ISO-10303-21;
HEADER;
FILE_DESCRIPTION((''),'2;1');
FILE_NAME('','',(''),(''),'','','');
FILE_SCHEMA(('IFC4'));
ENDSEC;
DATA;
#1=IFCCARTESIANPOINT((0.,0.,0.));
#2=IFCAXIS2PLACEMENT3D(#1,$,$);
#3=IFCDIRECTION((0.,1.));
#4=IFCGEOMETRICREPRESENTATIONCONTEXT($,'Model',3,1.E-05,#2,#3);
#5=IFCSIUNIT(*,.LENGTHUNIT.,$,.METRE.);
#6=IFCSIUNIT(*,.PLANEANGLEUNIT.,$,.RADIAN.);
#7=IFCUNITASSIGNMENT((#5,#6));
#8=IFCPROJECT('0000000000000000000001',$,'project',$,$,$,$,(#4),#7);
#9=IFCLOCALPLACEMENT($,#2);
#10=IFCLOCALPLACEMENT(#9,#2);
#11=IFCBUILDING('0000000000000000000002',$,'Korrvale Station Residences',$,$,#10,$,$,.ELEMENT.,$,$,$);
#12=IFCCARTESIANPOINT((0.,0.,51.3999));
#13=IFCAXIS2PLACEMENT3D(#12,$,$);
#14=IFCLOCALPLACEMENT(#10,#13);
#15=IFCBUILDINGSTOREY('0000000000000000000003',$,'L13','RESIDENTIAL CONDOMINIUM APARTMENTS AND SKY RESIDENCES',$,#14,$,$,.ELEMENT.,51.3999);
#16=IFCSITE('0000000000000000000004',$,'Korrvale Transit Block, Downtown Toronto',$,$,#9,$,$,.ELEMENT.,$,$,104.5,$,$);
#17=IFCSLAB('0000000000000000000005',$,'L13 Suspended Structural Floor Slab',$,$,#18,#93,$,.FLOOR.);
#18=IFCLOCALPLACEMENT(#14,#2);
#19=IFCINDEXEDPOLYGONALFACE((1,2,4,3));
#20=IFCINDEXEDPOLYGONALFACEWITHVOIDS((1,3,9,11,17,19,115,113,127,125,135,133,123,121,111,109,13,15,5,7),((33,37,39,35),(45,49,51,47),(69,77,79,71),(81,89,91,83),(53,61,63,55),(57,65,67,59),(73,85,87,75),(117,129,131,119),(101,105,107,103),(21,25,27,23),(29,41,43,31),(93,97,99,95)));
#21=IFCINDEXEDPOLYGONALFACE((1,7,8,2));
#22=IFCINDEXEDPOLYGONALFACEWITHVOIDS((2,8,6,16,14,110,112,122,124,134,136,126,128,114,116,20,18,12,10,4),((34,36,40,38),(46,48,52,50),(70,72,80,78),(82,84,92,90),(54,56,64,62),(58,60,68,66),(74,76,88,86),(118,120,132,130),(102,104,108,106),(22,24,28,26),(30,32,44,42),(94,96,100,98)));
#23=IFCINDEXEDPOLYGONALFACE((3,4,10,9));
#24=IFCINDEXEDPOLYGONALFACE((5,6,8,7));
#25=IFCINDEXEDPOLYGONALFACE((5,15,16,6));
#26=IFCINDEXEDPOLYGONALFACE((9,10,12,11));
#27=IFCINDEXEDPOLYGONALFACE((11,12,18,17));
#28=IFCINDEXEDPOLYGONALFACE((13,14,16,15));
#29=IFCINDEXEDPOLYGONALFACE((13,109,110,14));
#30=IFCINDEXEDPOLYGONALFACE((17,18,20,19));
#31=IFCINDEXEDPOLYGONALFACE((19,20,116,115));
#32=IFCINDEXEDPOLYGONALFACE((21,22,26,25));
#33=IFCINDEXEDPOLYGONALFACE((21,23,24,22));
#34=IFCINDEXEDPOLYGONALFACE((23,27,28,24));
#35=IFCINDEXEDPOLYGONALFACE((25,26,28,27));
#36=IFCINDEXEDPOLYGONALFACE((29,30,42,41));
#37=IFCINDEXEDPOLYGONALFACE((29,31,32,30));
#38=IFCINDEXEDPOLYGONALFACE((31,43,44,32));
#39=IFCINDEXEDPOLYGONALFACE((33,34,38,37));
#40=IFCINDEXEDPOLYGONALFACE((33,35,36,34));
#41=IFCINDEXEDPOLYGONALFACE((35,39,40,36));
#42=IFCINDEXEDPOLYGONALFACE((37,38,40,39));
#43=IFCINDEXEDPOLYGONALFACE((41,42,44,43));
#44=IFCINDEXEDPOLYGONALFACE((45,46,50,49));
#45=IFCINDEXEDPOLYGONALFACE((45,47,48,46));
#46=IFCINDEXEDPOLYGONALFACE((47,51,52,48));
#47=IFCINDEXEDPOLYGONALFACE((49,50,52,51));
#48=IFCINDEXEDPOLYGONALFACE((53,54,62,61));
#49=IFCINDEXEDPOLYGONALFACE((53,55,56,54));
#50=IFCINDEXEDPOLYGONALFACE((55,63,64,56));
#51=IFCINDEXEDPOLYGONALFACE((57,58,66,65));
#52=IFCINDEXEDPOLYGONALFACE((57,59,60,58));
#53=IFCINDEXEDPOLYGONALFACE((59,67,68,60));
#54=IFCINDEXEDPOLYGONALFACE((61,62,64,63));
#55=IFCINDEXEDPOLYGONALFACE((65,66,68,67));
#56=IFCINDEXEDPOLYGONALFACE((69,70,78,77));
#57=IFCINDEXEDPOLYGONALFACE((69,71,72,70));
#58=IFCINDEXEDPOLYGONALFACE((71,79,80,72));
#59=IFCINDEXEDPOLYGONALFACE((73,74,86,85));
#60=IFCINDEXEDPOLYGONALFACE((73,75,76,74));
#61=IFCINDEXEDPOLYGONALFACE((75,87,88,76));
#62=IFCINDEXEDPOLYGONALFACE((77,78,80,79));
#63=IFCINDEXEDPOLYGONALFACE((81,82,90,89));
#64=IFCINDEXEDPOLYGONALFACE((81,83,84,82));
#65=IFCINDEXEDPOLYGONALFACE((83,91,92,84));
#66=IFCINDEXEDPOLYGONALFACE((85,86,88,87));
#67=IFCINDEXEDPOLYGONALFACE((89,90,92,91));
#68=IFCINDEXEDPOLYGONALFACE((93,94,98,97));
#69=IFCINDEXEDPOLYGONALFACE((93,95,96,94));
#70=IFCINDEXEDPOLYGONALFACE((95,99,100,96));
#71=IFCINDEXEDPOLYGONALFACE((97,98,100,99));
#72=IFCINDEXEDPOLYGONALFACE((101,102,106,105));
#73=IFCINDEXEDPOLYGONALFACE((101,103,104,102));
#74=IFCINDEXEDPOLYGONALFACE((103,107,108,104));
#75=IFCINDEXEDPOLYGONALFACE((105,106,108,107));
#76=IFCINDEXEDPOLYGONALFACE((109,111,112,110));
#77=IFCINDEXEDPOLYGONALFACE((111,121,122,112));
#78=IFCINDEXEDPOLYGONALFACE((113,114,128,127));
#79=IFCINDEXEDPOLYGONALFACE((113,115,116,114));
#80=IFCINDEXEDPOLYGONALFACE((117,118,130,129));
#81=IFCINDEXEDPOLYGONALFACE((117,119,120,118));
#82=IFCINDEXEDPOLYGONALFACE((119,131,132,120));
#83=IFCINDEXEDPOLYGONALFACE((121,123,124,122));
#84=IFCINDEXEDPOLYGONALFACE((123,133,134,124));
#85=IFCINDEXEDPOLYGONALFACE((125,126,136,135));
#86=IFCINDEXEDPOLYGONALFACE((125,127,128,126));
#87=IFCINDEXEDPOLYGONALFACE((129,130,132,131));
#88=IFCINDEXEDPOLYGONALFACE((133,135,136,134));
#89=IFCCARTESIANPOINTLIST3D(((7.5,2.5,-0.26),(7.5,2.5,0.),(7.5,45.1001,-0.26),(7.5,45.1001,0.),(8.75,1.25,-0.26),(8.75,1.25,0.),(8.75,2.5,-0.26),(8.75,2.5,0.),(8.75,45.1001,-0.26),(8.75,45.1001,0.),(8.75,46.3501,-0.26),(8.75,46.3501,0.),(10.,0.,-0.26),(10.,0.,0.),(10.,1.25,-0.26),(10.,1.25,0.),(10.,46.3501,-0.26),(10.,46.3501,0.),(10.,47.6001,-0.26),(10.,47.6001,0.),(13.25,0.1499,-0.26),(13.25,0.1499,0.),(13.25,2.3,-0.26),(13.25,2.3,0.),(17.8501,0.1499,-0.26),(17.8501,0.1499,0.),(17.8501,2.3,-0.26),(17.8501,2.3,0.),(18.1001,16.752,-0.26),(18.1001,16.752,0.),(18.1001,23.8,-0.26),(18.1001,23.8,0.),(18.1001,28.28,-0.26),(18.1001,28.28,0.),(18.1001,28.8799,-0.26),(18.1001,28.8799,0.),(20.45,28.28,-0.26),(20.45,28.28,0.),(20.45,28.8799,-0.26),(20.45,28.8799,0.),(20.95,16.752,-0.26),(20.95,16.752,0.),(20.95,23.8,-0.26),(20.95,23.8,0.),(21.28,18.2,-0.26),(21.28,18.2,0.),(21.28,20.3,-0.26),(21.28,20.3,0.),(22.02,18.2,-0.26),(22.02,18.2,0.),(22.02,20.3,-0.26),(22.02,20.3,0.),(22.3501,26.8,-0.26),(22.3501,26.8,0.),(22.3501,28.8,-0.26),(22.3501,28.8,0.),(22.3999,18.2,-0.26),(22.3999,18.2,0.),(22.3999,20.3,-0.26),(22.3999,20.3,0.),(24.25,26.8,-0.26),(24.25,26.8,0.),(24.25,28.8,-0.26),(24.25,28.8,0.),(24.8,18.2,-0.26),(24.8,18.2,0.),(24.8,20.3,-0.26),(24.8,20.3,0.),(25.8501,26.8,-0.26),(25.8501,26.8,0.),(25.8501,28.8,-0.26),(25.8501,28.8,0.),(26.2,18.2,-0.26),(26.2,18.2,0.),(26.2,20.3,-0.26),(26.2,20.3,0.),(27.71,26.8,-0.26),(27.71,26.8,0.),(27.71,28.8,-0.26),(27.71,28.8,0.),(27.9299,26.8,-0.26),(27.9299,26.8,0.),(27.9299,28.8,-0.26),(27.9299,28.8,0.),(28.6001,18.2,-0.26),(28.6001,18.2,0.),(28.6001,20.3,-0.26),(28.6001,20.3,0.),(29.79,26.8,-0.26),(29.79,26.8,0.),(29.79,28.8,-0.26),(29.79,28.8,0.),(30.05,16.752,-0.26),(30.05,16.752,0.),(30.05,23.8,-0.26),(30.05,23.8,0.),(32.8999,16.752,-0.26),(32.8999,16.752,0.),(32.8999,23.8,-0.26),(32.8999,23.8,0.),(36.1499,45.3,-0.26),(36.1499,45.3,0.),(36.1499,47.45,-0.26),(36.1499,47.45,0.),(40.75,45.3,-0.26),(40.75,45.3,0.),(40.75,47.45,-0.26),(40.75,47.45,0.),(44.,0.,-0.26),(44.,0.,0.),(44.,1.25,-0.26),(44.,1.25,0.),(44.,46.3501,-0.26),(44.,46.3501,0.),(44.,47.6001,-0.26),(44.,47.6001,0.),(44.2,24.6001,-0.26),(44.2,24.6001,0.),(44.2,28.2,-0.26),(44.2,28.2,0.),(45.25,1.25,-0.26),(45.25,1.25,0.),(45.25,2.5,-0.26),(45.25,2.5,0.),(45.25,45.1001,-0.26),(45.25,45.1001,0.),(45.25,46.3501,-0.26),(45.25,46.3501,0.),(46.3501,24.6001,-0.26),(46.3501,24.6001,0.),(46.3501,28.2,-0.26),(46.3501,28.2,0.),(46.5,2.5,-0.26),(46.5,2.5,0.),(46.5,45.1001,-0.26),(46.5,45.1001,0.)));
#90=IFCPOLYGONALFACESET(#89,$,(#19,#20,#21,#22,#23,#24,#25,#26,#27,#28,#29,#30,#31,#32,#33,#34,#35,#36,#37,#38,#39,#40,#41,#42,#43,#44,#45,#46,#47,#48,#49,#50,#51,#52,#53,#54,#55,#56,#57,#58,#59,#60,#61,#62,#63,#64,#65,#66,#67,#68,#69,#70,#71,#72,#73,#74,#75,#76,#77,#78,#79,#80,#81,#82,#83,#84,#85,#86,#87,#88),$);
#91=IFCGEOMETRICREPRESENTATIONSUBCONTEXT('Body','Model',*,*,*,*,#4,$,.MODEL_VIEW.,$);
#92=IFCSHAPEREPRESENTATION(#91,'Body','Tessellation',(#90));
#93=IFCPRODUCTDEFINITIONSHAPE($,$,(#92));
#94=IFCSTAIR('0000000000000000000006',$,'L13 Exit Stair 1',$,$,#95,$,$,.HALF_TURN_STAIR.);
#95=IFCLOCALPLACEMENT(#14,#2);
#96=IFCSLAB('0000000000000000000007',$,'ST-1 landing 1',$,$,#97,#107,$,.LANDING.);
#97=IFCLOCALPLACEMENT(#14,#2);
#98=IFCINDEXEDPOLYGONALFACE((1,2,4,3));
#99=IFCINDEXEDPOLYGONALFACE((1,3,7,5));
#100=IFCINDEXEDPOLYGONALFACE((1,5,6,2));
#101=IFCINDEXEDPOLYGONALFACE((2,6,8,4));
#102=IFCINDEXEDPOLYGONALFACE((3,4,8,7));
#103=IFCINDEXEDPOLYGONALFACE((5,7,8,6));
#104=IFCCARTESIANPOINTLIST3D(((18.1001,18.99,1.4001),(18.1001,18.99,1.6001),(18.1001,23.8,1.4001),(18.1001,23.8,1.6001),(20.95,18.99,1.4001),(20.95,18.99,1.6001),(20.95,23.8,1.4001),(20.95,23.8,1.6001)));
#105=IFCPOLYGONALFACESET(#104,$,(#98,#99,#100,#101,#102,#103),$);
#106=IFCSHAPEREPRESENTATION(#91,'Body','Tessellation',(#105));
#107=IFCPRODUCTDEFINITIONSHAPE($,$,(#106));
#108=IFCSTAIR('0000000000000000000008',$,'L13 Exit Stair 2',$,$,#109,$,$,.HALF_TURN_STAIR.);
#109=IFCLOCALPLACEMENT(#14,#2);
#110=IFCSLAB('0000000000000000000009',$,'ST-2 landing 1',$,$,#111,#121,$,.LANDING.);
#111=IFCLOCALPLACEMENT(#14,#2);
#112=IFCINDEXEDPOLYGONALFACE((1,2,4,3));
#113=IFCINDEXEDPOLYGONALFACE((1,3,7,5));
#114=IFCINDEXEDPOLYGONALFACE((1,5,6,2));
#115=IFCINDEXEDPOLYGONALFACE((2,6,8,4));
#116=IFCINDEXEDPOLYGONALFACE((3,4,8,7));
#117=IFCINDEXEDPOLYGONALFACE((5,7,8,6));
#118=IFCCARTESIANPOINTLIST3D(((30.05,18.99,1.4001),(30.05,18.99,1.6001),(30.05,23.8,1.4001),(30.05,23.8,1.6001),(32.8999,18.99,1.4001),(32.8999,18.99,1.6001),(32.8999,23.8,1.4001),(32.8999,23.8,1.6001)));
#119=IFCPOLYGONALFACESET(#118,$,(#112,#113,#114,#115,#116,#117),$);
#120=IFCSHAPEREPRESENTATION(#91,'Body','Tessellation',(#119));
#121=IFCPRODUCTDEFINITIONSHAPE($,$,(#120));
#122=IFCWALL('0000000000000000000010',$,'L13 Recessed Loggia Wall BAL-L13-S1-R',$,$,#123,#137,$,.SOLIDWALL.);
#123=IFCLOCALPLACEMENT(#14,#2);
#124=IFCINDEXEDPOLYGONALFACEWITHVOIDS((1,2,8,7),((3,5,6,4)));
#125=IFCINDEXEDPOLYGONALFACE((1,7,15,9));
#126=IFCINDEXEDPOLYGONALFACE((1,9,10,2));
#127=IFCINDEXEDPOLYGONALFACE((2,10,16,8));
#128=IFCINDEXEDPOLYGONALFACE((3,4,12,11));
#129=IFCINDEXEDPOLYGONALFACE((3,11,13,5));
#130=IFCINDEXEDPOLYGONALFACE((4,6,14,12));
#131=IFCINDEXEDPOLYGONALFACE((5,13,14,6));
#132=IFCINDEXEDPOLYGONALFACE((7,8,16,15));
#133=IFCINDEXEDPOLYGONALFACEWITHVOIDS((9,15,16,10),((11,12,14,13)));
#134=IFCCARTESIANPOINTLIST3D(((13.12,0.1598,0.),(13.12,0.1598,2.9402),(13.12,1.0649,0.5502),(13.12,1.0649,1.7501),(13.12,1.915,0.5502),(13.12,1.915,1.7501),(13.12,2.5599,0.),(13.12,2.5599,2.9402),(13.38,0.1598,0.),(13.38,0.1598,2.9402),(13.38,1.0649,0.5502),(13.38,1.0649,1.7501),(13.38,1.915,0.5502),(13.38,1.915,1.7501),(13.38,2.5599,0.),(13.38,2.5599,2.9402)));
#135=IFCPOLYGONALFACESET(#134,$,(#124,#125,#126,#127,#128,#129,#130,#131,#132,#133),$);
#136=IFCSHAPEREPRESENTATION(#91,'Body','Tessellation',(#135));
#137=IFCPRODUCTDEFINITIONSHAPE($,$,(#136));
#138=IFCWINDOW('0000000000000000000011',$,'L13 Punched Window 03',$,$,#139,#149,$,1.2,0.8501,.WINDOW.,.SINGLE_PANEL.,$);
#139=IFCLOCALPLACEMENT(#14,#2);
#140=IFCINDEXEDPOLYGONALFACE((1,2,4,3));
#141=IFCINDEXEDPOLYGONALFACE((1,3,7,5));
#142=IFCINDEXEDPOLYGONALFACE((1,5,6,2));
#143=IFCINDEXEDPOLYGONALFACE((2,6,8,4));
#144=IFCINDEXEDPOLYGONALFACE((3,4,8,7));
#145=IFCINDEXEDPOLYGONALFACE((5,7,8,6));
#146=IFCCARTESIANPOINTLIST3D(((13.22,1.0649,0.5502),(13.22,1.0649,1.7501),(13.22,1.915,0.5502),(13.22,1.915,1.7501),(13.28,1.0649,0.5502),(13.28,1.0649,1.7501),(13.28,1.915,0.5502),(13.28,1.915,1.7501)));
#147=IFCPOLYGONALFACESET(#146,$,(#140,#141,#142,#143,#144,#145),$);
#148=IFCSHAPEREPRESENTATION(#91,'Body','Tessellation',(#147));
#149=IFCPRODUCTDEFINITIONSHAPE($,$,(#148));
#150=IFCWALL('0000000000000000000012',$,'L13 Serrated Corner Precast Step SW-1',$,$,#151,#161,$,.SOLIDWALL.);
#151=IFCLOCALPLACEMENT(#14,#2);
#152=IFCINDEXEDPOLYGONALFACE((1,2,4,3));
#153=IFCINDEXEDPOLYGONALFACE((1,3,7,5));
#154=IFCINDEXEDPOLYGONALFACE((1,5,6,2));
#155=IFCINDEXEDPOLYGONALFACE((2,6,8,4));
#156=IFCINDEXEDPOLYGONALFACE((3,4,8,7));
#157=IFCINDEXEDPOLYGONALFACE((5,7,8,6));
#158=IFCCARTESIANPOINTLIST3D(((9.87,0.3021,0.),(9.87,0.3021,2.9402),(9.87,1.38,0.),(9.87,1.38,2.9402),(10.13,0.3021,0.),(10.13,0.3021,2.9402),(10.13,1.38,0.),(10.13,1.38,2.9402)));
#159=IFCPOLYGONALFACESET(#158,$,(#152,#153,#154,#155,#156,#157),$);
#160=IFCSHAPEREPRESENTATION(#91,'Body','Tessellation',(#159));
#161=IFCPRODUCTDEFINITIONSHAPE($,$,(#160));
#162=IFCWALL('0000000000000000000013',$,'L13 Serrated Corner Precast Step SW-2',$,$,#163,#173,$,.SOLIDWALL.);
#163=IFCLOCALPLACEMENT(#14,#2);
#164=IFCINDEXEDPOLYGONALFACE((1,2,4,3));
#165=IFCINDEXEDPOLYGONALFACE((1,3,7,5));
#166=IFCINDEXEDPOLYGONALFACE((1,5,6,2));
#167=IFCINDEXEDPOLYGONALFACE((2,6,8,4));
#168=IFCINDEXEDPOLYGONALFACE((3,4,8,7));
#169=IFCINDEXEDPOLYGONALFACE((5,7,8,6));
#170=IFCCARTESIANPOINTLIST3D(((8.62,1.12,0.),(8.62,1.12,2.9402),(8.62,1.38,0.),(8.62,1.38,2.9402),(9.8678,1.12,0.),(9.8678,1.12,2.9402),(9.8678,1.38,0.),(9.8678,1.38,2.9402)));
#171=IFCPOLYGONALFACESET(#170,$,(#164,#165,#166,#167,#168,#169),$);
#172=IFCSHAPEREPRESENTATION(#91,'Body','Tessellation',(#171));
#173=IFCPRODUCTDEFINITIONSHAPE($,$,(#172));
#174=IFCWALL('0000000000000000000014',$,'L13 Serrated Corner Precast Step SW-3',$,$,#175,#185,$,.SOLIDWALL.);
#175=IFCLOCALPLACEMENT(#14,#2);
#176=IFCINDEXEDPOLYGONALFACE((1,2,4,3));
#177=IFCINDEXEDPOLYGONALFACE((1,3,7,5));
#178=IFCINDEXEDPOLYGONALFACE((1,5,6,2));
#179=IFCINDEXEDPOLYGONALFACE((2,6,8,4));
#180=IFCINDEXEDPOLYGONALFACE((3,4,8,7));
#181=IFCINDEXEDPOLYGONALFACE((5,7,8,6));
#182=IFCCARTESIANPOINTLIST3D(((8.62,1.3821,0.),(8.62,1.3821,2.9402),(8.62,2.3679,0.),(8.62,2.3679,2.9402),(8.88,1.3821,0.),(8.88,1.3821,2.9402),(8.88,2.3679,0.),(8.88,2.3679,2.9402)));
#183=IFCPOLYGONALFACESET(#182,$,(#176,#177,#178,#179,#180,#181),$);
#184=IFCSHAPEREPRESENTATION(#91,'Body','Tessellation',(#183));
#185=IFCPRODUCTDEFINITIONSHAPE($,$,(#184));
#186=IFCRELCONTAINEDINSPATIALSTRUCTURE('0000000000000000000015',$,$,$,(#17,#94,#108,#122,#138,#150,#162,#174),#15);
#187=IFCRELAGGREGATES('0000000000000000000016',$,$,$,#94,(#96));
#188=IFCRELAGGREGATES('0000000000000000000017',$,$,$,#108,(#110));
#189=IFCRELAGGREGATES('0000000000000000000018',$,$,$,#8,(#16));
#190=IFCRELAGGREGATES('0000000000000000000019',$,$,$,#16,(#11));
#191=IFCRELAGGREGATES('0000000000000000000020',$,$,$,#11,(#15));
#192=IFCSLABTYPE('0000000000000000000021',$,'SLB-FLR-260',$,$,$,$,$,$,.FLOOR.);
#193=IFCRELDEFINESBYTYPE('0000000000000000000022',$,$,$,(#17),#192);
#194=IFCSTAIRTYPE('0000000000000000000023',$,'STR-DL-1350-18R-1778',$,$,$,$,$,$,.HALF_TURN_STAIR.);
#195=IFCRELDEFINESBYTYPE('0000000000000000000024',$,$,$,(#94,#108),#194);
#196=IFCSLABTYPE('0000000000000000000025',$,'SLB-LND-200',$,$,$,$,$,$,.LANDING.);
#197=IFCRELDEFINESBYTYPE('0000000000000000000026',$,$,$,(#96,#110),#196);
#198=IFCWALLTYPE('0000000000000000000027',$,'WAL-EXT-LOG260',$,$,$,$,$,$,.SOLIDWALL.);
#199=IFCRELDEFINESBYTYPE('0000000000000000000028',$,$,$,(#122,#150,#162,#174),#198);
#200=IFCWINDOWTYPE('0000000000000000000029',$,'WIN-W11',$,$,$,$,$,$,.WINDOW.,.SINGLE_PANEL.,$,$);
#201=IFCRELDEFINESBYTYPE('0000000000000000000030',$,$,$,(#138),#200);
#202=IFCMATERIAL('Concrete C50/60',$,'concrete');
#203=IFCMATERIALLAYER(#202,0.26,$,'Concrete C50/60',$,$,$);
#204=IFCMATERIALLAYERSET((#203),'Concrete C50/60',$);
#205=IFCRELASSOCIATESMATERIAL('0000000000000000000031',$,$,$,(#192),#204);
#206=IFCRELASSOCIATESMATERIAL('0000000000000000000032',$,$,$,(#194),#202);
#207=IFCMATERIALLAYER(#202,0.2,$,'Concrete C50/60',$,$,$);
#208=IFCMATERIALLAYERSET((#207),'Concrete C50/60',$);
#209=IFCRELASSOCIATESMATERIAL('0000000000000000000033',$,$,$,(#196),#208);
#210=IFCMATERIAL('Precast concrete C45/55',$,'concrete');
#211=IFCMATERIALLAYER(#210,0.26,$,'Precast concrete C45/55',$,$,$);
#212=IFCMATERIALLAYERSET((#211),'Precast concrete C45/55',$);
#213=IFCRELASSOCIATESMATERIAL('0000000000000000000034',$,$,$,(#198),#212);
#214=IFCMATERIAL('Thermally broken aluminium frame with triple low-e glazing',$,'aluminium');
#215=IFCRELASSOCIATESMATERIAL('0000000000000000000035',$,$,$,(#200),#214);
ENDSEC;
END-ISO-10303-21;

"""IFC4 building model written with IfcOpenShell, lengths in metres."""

from ifc_helpers import new_model, si_unit, direction, frame, frame_2d, origin, place, context, subcontext, project, spatial, polyline, rectangle, outline, extrude, material, layer, layer_set, type_object, element, fill, aggregate, save


model = new_model("IFC4")

# Units and contexts
model_context = context("Model", 3, precision=1e-05, world=origin(), true_north=direction((0.0, 1.0)))
body_context = subcontext(model_context, "Body", "Model", "MODEL_VIEW")
ifc_project = project(units=[si_unit("LENGTHUNIT", "METRE"), si_unit("PLANEANGLEUNIT", "RADIAN")], contexts=[model_context])

# Site, building, storey
site_placement = place(None, origin())
site = spatial("IfcSite", under=ifc_project, at=site_placement, Name="Korrvale Transit Block, Downtown Toronto", CompositionType="ELEMENT", RefElevation=104.5)
building_placement = place(site_placement, origin())
building = spatial("IfcBuilding", under=site, at=building_placement, Name="Korrvale Station Residences", CompositionType="ELEMENT")
storey_placement = place(building_placement, frame((0.0, 0.0, 51.3999)))
storey = spatial("IfcBuildingStorey", under=building, at=storey_placement, Name="L13", Description="RESIDENTIAL CONDOMINIUM APARTMENTS AND SKY RESIDENCES", CompositionType="ELEMENT", Elevation=51.3999)

# Slab
ifc_material_1 = material(Name="Concrete C50/60", Category="concrete")
ifc_layer_1 = layer(ifc_material_1, 0.26, Name="Concrete C50/60")
ifc_layer_set_1 = layer_set([ifc_layer_1], Name="Concrete C50/60")
slab_type_1 = type_object("IfcSlabType", Name="SLB-FLR-260", PredefinedType="FLOOR", material=ifc_layer_set_1)
slab_1_placement = place(storey_placement, frame((0.0, 0.0, -0.26)))
element("IfcSlab", 1, at=slab_1_placement, inside=storey, type_object=slab_type_1, Name="L13 Suspended Structural Floor Slab", PredefinedType="FLOOR", context=body_context, shape_type="SweptSolid", body=[
    extrude(outline(polyline([(10.0, 0.0), (44.0, 0.0), (44.0, 1.25), (45.25, 1.25), (45.25, 2.5), (46.5, 2.5), (46.5, 45.1001), (45.25, 45.1001), (45.25, 46.3501), (44.0, 46.3501), (44.0, 47.6001), (10.0, 47.6001), (10.0, 46.3501), (8.75, 46.3501), (8.75, 45.1001), (7.5, 45.1001), (7.5, 2.5), (8.75, 2.5), (8.75, 1.25), (10.0, 1.25), (10.0, 0.0)]), holes=[polyline([(20.95, 16.752), (20.95, 23.8), (18.1001, 23.8), (18.1001, 16.752), (20.95, 16.752)]), polyline([(32.8999, 16.752), (32.8999, 23.8), (30.05, 23.8), (30.05, 16.752), (32.8999, 16.752)]), polyline([(22.3501, 26.8), (24.25, 26.8), (24.25, 28.8), (22.3501, 28.8), (22.3501, 26.8)]), polyline([(25.8501, 26.8), (27.71, 26.8), (27.71, 28.8), (25.8501, 28.8), (25.8501, 26.8)]), polyline([(27.9299, 26.8), (29.79, 26.8), (29.79, 28.8), (27.9299, 28.8), (27.9299, 26.8)]), polyline([(22.3999, 18.2), (24.8, 18.2), (24.8, 20.3), (22.3999, 20.3), (22.3999, 18.2)]), polyline([(26.2, 18.2), (28.6001, 18.2), (28.6001, 20.3), (26.2, 20.3), (26.2, 18.2)]), polyline([(18.1001, 28.28), (20.45, 28.28), (20.45, 28.8799), (18.1001, 28.8799), (18.1001, 28.28)]), polyline([(21.28, 18.2), (22.02, 18.2), (22.02, 20.3), (21.28, 20.3), (21.28, 18.2)]), polyline([(13.25, 0.1499), (17.8501, 0.1499), (17.8501, 2.3), (13.25, 2.3), (13.25, 0.1499)]), polyline([(36.1499, 45.3), (40.75, 45.3), (40.75, 47.45), (36.1499, 47.45), (36.1499, 45.3)]), polyline([(44.2, 24.6001), (46.3501, 24.6001), (46.3501, 28.2), (44.2, 28.2), (44.2, 24.6001)])]), origin(), (0.0, 0.0, 1.0), 0.26),
])

# Stairs, slabs
stair_type = type_object("IfcStairType", Name="STR-DL-1350-18R-1778", PredefinedType="HALF_TURN_STAIR", material=ifc_material_1)
stair_1_placement = place(storey_placement, origin())
stair_1 = element("IfcStair", 2, at=stair_1_placement, inside=storey, type_object=stair_type, Name="L13 Exit Stair 1", PredefinedType="HALF_TURN_STAIR")
ifc_layer_2 = layer(ifc_material_1, 0.2, Name="Concrete C50/60")
ifc_layer_set_2 = layer_set([ifc_layer_2], Name="Concrete C50/60")
slab_type_2 = type_object("IfcSlabType", Name="SLB-LND-200", PredefinedType="LANDING", material=ifc_layer_set_2)
slab_2_placement = place(storey_placement, frame((0.0, 0.0, 1.4001)))
slab_2 = element("IfcSlab", 3, at=slab_2_placement, type_object=slab_type_2, Name="ST-1 landing 1", PredefinedType="LANDING", context=body_context, shape_type="SweptSolid", body=[
    extrude(outline(polyline([(20.95, 18.99), (20.95, 23.8), (18.1001, 23.8), (18.1001, 18.99), (20.95, 18.99)])), origin(), (0.0, 0.0, 1.0), 0.2),
])
aggregate(stair_1, [slab_2])
stair_2_placement = place(storey_placement, origin())
stair_2 = element("IfcStair", 4, at=stair_2_placement, inside=storey, type_object=stair_type, Name="L13 Exit Stair 2", PredefinedType="HALF_TURN_STAIR")
slab_3_placement = place(storey_placement, frame((0.0, 0.0, 1.4001)))
slab_3 = element("IfcSlab", 5, at=slab_3_placement, type_object=slab_type_2, Name="ST-2 landing 1", PredefinedType="LANDING", context=body_context, shape_type="SweptSolid", body=[
    extrude(outline(polyline([(32.8999, 18.99), (32.8999, 23.8), (30.05, 23.8), (30.05, 18.99), (32.8999, 18.99)])), origin(), (0.0, 0.0, 1.0), 0.2),
])
aggregate(stair_2, [slab_3])

# Wall, opening, window
ifc_material_2 = material(Name="Precast concrete C45/55", Category="concrete")
ifc_layer_3 = layer(ifc_material_2, 0.26, Name="Precast concrete C45/55")
ifc_layer_set_3 = layer_set([ifc_layer_3], Name="Precast concrete C45/55")
wall_type_1 = type_object("IfcWallType", Name="WAL-EXT-LOG260", PredefinedType="SOLIDWALL", material=ifc_layer_set_3)
wall_1_placement = place(storey_placement, frame((13.25, 2.5601, 0.0), z_axis=(0.0, 0.0, 1.0), x_axis=(0.0, -1.0, 0.0)))
wall_1 = element("IfcWall", 6, at=wall_1_placement, inside=storey, type_object=wall_type_1, Name="L13 Recessed Loggia Wall BAL-L13-S1-R", PredefinedType="SOLIDWALL", context=body_context, shape_type="SweptSolid", body=[
    extrude(rectangle(XDim=2.4001, YDim=0.26, at=frame_2d((1.2002, 0.0))), origin(), (0.0, 0.0, 1.0), 2.9402),
])
opening_1_placement = place(wall_1_placement, frame((0.645, 0.0, 0.55)))
opening_1 = element("IfcOpeningElement", 7, at=opening_1_placement, cuts=wall_1, PredefinedType="OPENING", context=body_context, shape_type="SweptSolid", body=[
    extrude(rectangle(XDim=0.8501, YDim=1.2, at=frame_2d((0.425, 0.6001))), frame((0.0, 0.1401, 0.0), z_axis=(0.0, -1.0, 0.0), x_axis=(1.0, 0.0, 0.0)), (0.0, 0.0, 1.0), 0.28),
])
ifc_material_3 = material(Name="Thermally broken aluminium frame with triple low-e glazing", Category="aluminium")
window_type_1 = type_object("IfcWindowType", Name="WIN-W11", PartitioningType="SINGLE_PANEL", PredefinedType="WINDOW", material=ifc_material_3)
window_1_placement = place(opening_1_placement, origin())
window_1 = element("IfcWindow", 8, at=window_1_placement, inside=storey, type_object=window_type_1, Name="L13 Punched Window 03", OverallHeight=1.2, OverallWidth=0.8501, PartitioningType="SINGLE_PANEL", PredefinedType="WINDOW", context=body_context, shape_type="SweptSolid", body=[
    extrude(rectangle(XDim=0.8501, YDim=1.2, at=frame_2d((0.425, 0.6001))), frame((0.0, 0.03, 0.0), z_axis=(0.0, -1.0, 0.0), x_axis=(1.0, 0.0, 0.0)), (0.0, 0.0, 1.0), 0.0601),
])
fill(opening_1, window_1)

# Walls
wall_2_placement = place(storey_placement, frame((10.0, 0.302, 0.0), z_axis=(0.0, 0.0, 1.0), x_axis=(0.0, 1.0, 0.0)))
element("IfcWall", 9, at=wall_2_placement, inside=storey, type_object=wall_type_1, Name="L13 Serrated Corner Precast Step SW-1", PredefinedType="SOLIDWALL", context=body_context, shape_type="SweptSolid", body=[
    extrude(rectangle(XDim=1.0779, YDim=0.26, at=frame_2d((0.5391, 0.0))), origin(), (0.0, 0.0, 1.0), 2.9402),
])
wall_3_placement = place(storey_placement, frame((9.8679, 1.25, 0.0), z_axis=(0.0, 0.0, 1.0), x_axis=(-1.0, 0.0, 0.0)))
element("IfcWall", 10, at=wall_3_placement, inside=storey, type_object=wall_type_1, Name="L13 Serrated Corner Precast Step SW-2", PredefinedType="SOLIDWALL", context=body_context, shape_type="SweptSolid", body=[
    extrude(rectangle(XDim=1.2478, YDim=0.26, at=frame_2d((0.624, 0.0))), origin(), (0.0, 0.0, 1.0), 2.9402),
])
wall_4_placement = place(storey_placement, frame((8.75, 1.3821, 0.0), z_axis=(0.0, 0.0, 1.0), x_axis=(0.0, 1.0, 0.0)))
element("IfcWall", 11, at=wall_4_placement, inside=storey, type_object=wall_type_1, Name="L13 Serrated Corner Precast Step SW-3", PredefinedType="SOLIDWALL", context=body_context, shape_type="SweptSolid", body=[
    extrude(rectangle(XDim=0.9858, YDim=0.26, at=frame_2d((0.4929, 0.0))), origin(), (0.0, 0.0, 1.0), 2.9402),
])

save(model, "model.ifc")
